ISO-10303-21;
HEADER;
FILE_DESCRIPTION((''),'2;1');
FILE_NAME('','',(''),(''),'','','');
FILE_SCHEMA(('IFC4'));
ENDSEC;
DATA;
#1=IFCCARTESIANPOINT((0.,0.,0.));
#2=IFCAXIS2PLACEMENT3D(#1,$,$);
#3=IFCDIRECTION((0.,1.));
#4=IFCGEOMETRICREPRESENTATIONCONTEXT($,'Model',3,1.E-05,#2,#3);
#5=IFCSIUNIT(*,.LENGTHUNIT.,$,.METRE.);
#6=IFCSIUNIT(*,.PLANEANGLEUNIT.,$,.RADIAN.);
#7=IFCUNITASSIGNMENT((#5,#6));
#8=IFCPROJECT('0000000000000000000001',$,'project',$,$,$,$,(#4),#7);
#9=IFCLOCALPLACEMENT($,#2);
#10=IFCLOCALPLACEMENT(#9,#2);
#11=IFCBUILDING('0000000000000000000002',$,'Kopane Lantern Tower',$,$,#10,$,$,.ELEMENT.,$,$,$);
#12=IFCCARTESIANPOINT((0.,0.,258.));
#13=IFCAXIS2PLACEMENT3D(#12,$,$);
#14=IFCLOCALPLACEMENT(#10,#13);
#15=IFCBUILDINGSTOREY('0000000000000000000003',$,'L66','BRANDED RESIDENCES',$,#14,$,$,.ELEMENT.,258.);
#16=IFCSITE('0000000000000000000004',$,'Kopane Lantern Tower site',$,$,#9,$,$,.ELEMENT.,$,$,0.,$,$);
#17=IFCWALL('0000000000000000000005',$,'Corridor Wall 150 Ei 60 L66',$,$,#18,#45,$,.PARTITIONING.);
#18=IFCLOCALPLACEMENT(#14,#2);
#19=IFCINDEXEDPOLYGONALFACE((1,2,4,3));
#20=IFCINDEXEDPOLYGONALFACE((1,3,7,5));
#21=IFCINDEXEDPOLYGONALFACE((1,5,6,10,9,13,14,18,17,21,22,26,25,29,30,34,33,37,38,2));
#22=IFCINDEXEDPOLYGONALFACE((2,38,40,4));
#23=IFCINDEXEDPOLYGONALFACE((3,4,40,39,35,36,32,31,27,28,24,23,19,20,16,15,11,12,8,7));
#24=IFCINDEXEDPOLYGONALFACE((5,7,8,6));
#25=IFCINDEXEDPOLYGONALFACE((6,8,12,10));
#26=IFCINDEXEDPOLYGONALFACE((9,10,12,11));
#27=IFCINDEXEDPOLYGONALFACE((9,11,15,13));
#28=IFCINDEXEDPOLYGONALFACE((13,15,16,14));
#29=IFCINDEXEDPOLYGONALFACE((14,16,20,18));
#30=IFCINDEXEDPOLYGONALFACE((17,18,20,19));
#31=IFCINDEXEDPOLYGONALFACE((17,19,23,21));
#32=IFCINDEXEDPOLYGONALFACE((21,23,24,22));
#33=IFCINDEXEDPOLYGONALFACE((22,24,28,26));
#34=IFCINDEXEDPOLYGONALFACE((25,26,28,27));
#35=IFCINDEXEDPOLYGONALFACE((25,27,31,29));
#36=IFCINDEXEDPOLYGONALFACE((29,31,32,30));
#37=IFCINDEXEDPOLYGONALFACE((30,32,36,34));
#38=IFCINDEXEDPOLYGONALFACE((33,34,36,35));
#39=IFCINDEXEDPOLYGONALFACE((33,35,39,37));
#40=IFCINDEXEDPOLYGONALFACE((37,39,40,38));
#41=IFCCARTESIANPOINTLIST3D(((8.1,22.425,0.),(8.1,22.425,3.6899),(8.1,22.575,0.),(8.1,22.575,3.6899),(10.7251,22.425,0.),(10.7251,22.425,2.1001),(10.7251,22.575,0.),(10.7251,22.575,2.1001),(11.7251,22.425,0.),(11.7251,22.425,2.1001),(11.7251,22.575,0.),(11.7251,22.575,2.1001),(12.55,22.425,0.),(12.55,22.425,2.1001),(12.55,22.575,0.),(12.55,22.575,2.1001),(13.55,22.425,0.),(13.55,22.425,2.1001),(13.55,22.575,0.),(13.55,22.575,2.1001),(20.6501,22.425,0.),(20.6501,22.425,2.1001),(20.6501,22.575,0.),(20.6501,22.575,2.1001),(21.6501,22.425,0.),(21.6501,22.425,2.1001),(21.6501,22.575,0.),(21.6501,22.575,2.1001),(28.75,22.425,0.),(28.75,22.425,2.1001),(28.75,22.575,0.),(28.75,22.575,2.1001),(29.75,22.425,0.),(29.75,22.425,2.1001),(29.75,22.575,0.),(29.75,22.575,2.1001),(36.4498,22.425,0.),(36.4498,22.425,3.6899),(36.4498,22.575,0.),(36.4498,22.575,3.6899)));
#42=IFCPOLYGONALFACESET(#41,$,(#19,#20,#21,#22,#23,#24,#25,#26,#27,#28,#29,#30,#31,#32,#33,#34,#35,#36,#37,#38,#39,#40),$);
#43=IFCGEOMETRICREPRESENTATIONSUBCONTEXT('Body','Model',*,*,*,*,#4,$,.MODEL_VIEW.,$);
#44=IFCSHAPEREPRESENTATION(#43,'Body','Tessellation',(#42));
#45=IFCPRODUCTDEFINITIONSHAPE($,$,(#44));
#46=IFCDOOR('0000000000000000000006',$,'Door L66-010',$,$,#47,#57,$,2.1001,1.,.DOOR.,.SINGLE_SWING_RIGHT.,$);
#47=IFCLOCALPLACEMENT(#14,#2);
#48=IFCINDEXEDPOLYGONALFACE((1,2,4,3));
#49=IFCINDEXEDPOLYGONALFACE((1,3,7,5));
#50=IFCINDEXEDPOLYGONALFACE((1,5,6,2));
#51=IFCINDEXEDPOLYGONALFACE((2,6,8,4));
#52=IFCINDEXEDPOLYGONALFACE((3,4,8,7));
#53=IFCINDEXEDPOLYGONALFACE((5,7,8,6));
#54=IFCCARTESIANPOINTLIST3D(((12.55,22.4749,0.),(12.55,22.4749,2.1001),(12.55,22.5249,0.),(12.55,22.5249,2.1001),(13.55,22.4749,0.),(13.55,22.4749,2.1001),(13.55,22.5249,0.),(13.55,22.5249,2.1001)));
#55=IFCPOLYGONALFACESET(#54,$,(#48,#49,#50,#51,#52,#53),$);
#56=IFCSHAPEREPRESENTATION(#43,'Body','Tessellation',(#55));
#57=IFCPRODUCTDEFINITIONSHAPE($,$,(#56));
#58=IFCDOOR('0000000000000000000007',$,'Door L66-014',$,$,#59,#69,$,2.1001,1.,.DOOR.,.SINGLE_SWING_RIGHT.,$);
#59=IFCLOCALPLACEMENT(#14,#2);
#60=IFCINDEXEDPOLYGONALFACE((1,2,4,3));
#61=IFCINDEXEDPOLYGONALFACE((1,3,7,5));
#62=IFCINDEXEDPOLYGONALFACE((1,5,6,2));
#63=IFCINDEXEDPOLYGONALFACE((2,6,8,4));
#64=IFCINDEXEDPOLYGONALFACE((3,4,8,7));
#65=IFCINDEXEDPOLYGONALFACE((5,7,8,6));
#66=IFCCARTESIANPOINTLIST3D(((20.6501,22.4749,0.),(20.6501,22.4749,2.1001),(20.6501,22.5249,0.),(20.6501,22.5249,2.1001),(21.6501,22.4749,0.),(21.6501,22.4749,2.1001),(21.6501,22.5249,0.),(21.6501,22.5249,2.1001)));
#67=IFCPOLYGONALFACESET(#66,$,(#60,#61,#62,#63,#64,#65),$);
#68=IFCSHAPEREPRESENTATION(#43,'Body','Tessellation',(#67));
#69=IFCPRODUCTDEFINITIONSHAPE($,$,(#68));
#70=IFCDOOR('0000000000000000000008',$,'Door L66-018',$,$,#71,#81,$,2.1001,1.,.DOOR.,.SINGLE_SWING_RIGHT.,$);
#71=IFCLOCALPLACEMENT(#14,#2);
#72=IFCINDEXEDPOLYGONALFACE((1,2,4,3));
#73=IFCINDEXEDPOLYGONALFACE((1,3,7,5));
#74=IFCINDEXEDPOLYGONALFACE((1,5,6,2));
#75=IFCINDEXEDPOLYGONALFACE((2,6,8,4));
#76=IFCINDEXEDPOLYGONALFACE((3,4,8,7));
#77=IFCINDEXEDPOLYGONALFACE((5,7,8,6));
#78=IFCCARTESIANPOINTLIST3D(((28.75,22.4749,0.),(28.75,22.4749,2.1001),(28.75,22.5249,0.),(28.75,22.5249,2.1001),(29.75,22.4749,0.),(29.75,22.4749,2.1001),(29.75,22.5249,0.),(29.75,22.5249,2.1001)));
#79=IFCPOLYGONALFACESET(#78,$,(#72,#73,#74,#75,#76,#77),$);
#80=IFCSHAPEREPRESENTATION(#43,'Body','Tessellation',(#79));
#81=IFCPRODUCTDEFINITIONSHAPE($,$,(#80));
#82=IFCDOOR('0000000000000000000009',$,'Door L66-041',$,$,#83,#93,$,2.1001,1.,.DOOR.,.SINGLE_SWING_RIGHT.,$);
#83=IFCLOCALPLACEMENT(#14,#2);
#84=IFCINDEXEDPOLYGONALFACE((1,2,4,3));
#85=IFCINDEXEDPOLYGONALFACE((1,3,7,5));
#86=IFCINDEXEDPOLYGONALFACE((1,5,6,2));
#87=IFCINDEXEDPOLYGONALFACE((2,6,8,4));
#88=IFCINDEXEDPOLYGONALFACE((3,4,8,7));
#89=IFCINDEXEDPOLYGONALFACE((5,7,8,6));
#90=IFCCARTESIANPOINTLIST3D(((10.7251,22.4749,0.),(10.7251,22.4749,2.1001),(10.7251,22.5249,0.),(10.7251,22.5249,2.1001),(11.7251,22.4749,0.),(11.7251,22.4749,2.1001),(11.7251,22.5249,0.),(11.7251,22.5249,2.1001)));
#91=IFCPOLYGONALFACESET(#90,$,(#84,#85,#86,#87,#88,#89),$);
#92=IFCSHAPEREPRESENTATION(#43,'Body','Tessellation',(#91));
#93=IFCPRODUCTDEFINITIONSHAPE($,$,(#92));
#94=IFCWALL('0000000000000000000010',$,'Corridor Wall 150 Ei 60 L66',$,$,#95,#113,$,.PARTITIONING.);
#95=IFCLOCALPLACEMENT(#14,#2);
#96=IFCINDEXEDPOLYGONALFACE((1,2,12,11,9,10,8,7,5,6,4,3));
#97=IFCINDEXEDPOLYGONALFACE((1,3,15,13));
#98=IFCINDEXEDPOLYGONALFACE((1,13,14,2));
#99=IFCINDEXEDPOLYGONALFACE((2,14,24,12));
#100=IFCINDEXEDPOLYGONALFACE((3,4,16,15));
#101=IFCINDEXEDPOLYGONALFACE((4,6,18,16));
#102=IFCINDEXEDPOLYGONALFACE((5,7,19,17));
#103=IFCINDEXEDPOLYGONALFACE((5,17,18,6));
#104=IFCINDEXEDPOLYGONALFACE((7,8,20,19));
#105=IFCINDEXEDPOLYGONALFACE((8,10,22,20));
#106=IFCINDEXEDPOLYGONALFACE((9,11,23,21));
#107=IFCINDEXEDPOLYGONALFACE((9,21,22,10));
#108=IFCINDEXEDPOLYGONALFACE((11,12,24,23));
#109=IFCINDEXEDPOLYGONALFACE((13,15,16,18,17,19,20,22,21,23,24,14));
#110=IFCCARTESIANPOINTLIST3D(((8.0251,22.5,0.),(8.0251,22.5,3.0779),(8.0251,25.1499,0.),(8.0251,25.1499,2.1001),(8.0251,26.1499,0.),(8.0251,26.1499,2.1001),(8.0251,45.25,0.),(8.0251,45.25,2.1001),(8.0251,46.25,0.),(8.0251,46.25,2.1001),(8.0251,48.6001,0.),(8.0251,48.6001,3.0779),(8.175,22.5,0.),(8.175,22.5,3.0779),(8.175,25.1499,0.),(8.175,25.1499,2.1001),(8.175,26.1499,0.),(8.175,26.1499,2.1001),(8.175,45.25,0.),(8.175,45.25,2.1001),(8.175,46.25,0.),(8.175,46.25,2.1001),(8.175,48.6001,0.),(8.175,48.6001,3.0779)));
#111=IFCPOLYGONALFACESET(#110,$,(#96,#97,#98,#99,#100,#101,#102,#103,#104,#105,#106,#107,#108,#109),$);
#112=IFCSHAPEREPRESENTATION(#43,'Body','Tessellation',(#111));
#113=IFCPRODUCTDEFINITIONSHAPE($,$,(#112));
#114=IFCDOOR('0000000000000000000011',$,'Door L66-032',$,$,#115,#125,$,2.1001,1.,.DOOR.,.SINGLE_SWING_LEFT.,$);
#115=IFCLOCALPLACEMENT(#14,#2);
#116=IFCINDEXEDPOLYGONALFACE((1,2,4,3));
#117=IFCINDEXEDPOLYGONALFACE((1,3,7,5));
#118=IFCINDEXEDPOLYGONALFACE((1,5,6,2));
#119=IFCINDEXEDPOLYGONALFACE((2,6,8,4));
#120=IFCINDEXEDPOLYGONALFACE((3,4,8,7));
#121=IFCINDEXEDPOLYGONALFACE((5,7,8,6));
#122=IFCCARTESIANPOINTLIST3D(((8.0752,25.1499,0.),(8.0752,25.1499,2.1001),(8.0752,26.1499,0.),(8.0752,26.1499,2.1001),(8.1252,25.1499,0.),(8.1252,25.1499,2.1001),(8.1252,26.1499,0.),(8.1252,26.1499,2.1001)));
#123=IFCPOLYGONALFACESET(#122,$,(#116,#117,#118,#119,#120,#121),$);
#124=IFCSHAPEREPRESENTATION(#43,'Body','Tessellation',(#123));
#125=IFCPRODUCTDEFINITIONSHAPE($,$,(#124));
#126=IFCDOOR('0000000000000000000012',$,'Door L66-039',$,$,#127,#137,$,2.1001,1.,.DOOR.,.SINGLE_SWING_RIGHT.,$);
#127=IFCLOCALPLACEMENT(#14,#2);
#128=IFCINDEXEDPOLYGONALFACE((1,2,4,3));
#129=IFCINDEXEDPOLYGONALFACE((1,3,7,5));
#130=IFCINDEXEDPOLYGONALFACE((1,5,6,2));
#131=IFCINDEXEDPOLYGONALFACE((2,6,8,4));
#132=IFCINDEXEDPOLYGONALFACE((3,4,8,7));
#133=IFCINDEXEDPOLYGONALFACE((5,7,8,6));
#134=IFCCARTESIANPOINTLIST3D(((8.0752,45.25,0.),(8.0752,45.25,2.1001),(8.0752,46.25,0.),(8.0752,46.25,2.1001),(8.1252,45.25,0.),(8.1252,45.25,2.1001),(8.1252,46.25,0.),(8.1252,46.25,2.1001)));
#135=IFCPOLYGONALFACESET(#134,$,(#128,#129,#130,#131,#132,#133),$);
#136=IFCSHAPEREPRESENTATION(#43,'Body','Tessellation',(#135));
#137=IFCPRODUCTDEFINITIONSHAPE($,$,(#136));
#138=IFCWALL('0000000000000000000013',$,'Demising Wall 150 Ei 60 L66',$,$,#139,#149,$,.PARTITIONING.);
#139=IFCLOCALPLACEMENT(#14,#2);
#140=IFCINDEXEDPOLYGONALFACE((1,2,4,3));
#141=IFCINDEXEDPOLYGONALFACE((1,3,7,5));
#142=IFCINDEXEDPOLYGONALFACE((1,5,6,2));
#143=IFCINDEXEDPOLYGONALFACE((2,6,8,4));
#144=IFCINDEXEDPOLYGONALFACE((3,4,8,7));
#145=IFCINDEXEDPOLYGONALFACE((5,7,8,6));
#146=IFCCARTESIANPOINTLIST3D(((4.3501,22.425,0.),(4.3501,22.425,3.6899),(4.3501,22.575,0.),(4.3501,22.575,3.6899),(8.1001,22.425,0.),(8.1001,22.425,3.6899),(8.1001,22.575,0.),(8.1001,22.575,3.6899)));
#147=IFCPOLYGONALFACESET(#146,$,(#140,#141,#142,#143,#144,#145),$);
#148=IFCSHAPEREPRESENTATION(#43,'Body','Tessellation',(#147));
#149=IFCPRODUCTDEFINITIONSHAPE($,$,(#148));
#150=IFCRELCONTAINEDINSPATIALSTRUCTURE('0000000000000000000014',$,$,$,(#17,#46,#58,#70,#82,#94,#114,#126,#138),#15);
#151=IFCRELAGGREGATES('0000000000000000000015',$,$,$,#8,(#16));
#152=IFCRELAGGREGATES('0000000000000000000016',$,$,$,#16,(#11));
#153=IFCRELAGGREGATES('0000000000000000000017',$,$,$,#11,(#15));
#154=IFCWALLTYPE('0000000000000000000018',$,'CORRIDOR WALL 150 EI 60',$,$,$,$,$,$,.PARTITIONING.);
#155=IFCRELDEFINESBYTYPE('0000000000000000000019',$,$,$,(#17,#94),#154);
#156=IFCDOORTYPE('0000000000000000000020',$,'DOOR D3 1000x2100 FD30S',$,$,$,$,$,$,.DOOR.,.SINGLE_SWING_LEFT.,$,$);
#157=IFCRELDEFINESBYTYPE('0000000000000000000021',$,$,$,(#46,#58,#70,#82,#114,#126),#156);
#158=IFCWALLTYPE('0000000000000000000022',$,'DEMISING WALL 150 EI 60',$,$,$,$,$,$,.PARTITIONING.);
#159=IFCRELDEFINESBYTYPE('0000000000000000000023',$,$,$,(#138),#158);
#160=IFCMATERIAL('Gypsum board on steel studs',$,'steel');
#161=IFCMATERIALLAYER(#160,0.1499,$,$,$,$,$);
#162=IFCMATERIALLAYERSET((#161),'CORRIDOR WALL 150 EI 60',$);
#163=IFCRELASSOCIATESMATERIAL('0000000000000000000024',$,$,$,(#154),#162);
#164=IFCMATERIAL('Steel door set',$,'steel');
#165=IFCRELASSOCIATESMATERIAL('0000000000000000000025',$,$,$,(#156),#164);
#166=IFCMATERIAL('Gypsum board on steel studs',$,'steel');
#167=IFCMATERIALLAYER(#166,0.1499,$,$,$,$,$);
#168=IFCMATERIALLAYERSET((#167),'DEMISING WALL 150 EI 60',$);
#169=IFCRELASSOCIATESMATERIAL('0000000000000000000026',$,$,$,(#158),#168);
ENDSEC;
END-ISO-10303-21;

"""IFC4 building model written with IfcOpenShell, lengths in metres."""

from ifc_helpers import new_model, si_unit, direction, frame, frame_2d, origin, place, context, subcontext, project, spatial, rectangle, extrude, material, layer, layer_set, type_object, element, fill, save


model = new_model("IFC4")

# Units and contexts
model_context = context("Model", 3, precision=1e-05, world=origin(), true_north=direction((0.0, 1.0)))
body_context = subcontext(model_context, "Body", "Model", "MODEL_VIEW")
ifc_project = project(units=[si_unit("LENGTHUNIT", "METRE"), si_unit("PLANEANGLEUNIT", "RADIAN")], contexts=[model_context])

# Site, building, storey
site_placement = place(None, origin())
site = spatial("IfcSite", under=ifc_project, at=site_placement, Name="Kopane Lantern Tower site", CompositionType="ELEMENT", RefElevation=0.0)
building_placement = place(site_placement, origin())
building = spatial("IfcBuilding", under=site, at=building_placement, Name="Kopane Lantern Tower", CompositionType="ELEMENT")
storey_placement = place(building_placement, frame((0.0, 0.0, 258.0)))
storey = spatial("IfcBuildingStorey", under=building, at=storey_placement, Name="L66", Description="BRANDED RESIDENCES", CompositionType="ELEMENT", Elevation=258.0)

# Walls, openings, doors
ifc_material_1 = material(Name="Gypsum board on steel studs", Category="steel")
ifc_layer_1 = layer(ifc_material_1, 0.1499)
ifc_layer_set_1 = layer_set([ifc_layer_1], Name="CORRIDOR WALL 150 EI 60")
wall_type_1 = type_object("IfcWallType", Name="CORRIDOR WALL 150 EI 60", PredefinedType="PARTITIONING", material=ifc_layer_set_1)
wall_1_placement = place(storey_placement, frame((8.1001, 22.5, 0.0), z_axis=(0.0, 0.0, 1.0), x_axis=(1.0, 0.0, 0.0)))
wall_1 = element("IfcWall", 1, at=wall_1_placement, inside=storey, type_object=wall_type_1, Name="Corridor Wall 150 Ei 60 L66", PredefinedType="PARTITIONING", context=body_context, shape_type="SweptSolid", body=[
    extrude(rectangle(XDim=28.3499, YDim=0.1499, at=frame_2d((14.1748, 0.0))), origin(), (0.0, 0.0, 1.0), 3.6899),
])
opening_1_placement = place(wall_1_placement, frame((4.45, 0.0, 0.0)))
opening_1 = element("IfcOpeningElement", 2, at=opening_1_placement, cuts=wall_1, PredefinedType="OPENING", context=body_context, shape_type="SweptSolid", body=[
    extrude(rectangle(XDim=1.0, YDim=2.1001, at=frame_2d((0.5, 1.05))), frame((0.0, 0.085, 0.0), z_axis=(0.0, -1.0, 0.0), x_axis=(1.0, 0.0, 0.0)), (0.0, 0.0, 1.0), 0.1699),
])
opening_2_placement = place(wall_1_placement, frame((12.55, 0.0, 0.0)))
opening_2 = element("IfcOpeningElement", 3, at=opening_2_placement, cuts=wall_1, PredefinedType="OPENING", context=body_context, shape_type="SweptSolid", body=[
    extrude(rectangle(XDim=1.0, YDim=2.1001, at=frame_2d((0.5, 1.05))), frame((0.0, 0.085, 0.0), z_axis=(0.0, -1.0, 0.0), x_axis=(1.0, 0.0, 0.0)), (0.0, 0.0, 1.0), 0.1699),
])
opening_3_placement = place(wall_1_placement, frame((20.6499, 0.0, 0.0)))
opening_3 = element("IfcOpeningElement", 4, at=opening_3_placement, cuts=wall_1, PredefinedType="OPENING", context=body_context, shape_type="SweptSolid", body=[
    extrude(rectangle(XDim=1.0, YDim=2.1001, at=frame_2d((0.5, 1.05))), frame((0.0, 0.085, 0.0), z_axis=(0.0, -1.0, 0.0), x_axis=(1.0, 0.0, 0.0)), (0.0, 0.0, 1.0), 0.1699),
])
opening_4_placement = place(wall_1_placement, frame((2.625, 0.0, 0.0)))
opening_4 = element("IfcOpeningElement", 5, at=opening_4_placement, cuts=wall_1, PredefinedType="OPENING", context=body_context, shape_type="SweptSolid", body=[
    extrude(rectangle(XDim=1.0, YDim=2.1001, at=frame_2d((0.5, 1.05))), frame((0.0, 0.085, 0.0), z_axis=(0.0, -1.0, 0.0), x_axis=(1.0, 0.0, 0.0)), (0.0, 0.0, 1.0), 0.1699),
])
ifc_material_2 = material(Name="Steel door set", Category="steel")
door_type_1 = type_object("IfcDoorType", Name="DOOR D3 1000x2100 FD30S", OperationType="SINGLE_SWING_LEFT", PredefinedType="DOOR", material=ifc_material_2)
door_1_placement = place(opening_1_placement, origin())
door_1 = element("IfcDoor", 6, at=door_1_placement, inside=storey, type_object=door_type_1, Name="Door L66-010", OperationType="SINGLE_SWING_RIGHT", OverallHeight=2.1001, OverallWidth=1.0, PredefinedType="DOOR", context=body_context, shape_type="SweptSolid", body=[
    extrude(rectangle(XDim=1.0, YDim=2.1001, at=frame_2d((0.5, 1.05))), frame((0.0, 0.0249, 0.0), z_axis=(0.0, -1.0, 0.0), x_axis=(1.0, 0.0, 0.0)), (0.0, 0.0, 1.0), 0.05),
])
fill(opening_1, door_1)
door_2_placement = place(opening_2_placement, origin())
door_2 = element("IfcDoor", 7, at=door_2_placement, inside=storey, type_object=door_type_1, Name="Door L66-014", OperationType="SINGLE_SWING_RIGHT", OverallHeight=2.1001, OverallWidth=1.0, PredefinedType="DOOR", context=body_context, shape_type="SweptSolid", body=[
    extrude(rectangle(XDim=1.0, YDim=2.1001, at=frame_2d((0.5, 1.05))), frame((0.0, 0.0249, 0.0), z_axis=(0.0, -1.0, 0.0), x_axis=(1.0, 0.0, 0.0)), (0.0, 0.0, 1.0), 0.05),
])
fill(opening_2, door_2)
door_3_placement = place(opening_3_placement, origin())
door_3 = element("IfcDoor", 8, at=door_3_placement, inside=storey, type_object=door_type_1, Name="Door L66-018", OperationType="SINGLE_SWING_RIGHT", OverallHeight=2.1001, OverallWidth=1.0, PredefinedType="DOOR", context=body_context, shape_type="SweptSolid", body=[
    extrude(rectangle(XDim=1.0, YDim=2.1001, at=frame_2d((0.5, 1.05))), frame((0.0, 0.0249, 0.0), z_axis=(0.0, -1.0, 0.0), x_axis=(1.0, 0.0, 0.0)), (0.0, 0.0, 1.0), 0.05),
])
fill(opening_3, door_3)
door_4_placement = place(opening_4_placement, origin())
door_4 = element("IfcDoor", 9, at=door_4_placement, inside=storey, type_object=door_type_1, Name="Door L66-041", OperationType="SINGLE_SWING_RIGHT", OverallHeight=2.1001, OverallWidth=1.0, PredefinedType="DOOR", context=body_context, shape_type="SweptSolid", body=[
    extrude(rectangle(XDim=1.0, YDim=2.1001, at=frame_2d((0.5, 1.05))), frame((0.0, 0.0249, 0.0), z_axis=(0.0, -1.0, 0.0), x_axis=(1.0, 0.0, 0.0)), (0.0, 0.0, 1.0), 0.05),
])
fill(opening_4, door_4)
wall_2_placement = place(storey_placement, frame((8.1001, 22.5, 0.0), z_axis=(0.0, 0.0, 1.0), x_axis=(0.0, 1.0, 0.0)))
wall_2 = element("IfcWall", 10, at=wall_2_placement, inside=storey, type_object=wall_type_1, Name="Corridor Wall 150 Ei 60 L66", PredefinedType="PARTITIONING", context=body_context, shape_type="SweptSolid", body=[
    extrude(rectangle(XDim=26.1001, YDim=0.1499, at=frame_2d((13.05, 0.0))), origin(), (0.0, 0.0, 1.0), 3.0779),
])
opening_5_placement = place(wall_2_placement, frame((2.6499, 0.0, 0.0)))
opening_5 = element("IfcOpeningElement", 11, at=opening_5_placement, cuts=wall_2, PredefinedType="OPENING", context=body_context, shape_type="SweptSolid", body=[
    extrude(rectangle(XDim=1.0, YDim=2.1001, at=frame_2d((0.5, 1.05))), frame((0.0, 0.085, 0.0), z_axis=(0.0, -1.0, 0.0), x_axis=(1.0, 0.0, 0.0)), (0.0, 0.0, 1.0), 0.1699),
])
opening_6_placement = place(wall_2_placement, frame((22.75, 0.0, 0.0)))
opening_6 = element("IfcOpeningElement", 12, at=opening_6_placement, cuts=wall_2, PredefinedType="OPENING", context=body_context, shape_type="SweptSolid", body=[
    extrude(rectangle(XDim=1.0, YDim=2.1001, at=frame_2d((0.5, 1.05))), frame((0.0, 0.085, 0.0), z_axis=(0.0, -1.0, 0.0), x_axis=(1.0, 0.0, 0.0)), (0.0, 0.0, 1.0), 0.1699),
])
door_5_placement = place(opening_5_placement, origin())
door_5 = element("IfcDoor", 13, at=door_5_placement, inside=storey, type_object=door_type_1, Name="Door L66-032", OperationType="SINGLE_SWING_LEFT", OverallHeight=2.1001, OverallWidth=1.0, PredefinedType="DOOR", context=body_context, shape_type="SweptSolid", body=[
    extrude(rectangle(XDim=1.0, YDim=2.1001, at=frame_2d((0.5, 1.05))), frame((0.0, 0.0249, 0.0), z_axis=(0.0, -1.0, 0.0), x_axis=(1.0, 0.0, 0.0)), (0.0, 0.0, 1.0), 0.05),
])
fill(opening_5, door_5)
door_6_placement = place(opening_6_placement, origin())
door_6 = element("IfcDoor", 14, at=door_6_placement, inside=storey, type_object=door_type_1, Name="Door L66-039", OperationType="SINGLE_SWING_RIGHT", OverallHeight=2.1001, OverallWidth=1.0, PredefinedType="DOOR", context=body_context, shape_type="SweptSolid", body=[
    extrude(rectangle(XDim=1.0, YDim=2.1001, at=frame_2d((0.5, 1.05))), frame((0.0, 0.0249, 0.0), z_axis=(0.0, -1.0, 0.0), x_axis=(1.0, 0.0, 0.0)), (0.0, 0.0, 1.0), 0.05),
])
fill(opening_6, door_6)

# Wall
ifc_material_3 = material(Name="Gypsum board on steel studs", Category="steel")
ifc_layer_2 = layer(ifc_material_3, 0.1499)
ifc_layer_set_2 = layer_set([ifc_layer_2], Name="DEMISING WALL 150 EI 60")
wall_type_2 = type_object("IfcWallType", Name="DEMISING WALL 150 EI 60", PredefinedType="PARTITIONING", material=ifc_layer_set_2)
wall_3_placement = place(storey_placement, frame((4.3501, 22.5, 0.0), z_axis=(0.0, 0.0, 1.0), x_axis=(1.0, 0.0, 0.0)))
element("IfcWall", 15, at=wall_3_placement, inside=storey, type_object=wall_type_2, Name="Demising Wall 150 Ei 60 L66", PredefinedType="PARTITIONING", context=body_context, shape_type="SweptSolid", body=[
    extrude(rectangle(XDim=3.75, YDim=0.1499, at=frame_2d((1.875, 0.0))), origin(), (0.0, 0.0, 1.0), 3.6899),
])

save(model, "model.ifc")
